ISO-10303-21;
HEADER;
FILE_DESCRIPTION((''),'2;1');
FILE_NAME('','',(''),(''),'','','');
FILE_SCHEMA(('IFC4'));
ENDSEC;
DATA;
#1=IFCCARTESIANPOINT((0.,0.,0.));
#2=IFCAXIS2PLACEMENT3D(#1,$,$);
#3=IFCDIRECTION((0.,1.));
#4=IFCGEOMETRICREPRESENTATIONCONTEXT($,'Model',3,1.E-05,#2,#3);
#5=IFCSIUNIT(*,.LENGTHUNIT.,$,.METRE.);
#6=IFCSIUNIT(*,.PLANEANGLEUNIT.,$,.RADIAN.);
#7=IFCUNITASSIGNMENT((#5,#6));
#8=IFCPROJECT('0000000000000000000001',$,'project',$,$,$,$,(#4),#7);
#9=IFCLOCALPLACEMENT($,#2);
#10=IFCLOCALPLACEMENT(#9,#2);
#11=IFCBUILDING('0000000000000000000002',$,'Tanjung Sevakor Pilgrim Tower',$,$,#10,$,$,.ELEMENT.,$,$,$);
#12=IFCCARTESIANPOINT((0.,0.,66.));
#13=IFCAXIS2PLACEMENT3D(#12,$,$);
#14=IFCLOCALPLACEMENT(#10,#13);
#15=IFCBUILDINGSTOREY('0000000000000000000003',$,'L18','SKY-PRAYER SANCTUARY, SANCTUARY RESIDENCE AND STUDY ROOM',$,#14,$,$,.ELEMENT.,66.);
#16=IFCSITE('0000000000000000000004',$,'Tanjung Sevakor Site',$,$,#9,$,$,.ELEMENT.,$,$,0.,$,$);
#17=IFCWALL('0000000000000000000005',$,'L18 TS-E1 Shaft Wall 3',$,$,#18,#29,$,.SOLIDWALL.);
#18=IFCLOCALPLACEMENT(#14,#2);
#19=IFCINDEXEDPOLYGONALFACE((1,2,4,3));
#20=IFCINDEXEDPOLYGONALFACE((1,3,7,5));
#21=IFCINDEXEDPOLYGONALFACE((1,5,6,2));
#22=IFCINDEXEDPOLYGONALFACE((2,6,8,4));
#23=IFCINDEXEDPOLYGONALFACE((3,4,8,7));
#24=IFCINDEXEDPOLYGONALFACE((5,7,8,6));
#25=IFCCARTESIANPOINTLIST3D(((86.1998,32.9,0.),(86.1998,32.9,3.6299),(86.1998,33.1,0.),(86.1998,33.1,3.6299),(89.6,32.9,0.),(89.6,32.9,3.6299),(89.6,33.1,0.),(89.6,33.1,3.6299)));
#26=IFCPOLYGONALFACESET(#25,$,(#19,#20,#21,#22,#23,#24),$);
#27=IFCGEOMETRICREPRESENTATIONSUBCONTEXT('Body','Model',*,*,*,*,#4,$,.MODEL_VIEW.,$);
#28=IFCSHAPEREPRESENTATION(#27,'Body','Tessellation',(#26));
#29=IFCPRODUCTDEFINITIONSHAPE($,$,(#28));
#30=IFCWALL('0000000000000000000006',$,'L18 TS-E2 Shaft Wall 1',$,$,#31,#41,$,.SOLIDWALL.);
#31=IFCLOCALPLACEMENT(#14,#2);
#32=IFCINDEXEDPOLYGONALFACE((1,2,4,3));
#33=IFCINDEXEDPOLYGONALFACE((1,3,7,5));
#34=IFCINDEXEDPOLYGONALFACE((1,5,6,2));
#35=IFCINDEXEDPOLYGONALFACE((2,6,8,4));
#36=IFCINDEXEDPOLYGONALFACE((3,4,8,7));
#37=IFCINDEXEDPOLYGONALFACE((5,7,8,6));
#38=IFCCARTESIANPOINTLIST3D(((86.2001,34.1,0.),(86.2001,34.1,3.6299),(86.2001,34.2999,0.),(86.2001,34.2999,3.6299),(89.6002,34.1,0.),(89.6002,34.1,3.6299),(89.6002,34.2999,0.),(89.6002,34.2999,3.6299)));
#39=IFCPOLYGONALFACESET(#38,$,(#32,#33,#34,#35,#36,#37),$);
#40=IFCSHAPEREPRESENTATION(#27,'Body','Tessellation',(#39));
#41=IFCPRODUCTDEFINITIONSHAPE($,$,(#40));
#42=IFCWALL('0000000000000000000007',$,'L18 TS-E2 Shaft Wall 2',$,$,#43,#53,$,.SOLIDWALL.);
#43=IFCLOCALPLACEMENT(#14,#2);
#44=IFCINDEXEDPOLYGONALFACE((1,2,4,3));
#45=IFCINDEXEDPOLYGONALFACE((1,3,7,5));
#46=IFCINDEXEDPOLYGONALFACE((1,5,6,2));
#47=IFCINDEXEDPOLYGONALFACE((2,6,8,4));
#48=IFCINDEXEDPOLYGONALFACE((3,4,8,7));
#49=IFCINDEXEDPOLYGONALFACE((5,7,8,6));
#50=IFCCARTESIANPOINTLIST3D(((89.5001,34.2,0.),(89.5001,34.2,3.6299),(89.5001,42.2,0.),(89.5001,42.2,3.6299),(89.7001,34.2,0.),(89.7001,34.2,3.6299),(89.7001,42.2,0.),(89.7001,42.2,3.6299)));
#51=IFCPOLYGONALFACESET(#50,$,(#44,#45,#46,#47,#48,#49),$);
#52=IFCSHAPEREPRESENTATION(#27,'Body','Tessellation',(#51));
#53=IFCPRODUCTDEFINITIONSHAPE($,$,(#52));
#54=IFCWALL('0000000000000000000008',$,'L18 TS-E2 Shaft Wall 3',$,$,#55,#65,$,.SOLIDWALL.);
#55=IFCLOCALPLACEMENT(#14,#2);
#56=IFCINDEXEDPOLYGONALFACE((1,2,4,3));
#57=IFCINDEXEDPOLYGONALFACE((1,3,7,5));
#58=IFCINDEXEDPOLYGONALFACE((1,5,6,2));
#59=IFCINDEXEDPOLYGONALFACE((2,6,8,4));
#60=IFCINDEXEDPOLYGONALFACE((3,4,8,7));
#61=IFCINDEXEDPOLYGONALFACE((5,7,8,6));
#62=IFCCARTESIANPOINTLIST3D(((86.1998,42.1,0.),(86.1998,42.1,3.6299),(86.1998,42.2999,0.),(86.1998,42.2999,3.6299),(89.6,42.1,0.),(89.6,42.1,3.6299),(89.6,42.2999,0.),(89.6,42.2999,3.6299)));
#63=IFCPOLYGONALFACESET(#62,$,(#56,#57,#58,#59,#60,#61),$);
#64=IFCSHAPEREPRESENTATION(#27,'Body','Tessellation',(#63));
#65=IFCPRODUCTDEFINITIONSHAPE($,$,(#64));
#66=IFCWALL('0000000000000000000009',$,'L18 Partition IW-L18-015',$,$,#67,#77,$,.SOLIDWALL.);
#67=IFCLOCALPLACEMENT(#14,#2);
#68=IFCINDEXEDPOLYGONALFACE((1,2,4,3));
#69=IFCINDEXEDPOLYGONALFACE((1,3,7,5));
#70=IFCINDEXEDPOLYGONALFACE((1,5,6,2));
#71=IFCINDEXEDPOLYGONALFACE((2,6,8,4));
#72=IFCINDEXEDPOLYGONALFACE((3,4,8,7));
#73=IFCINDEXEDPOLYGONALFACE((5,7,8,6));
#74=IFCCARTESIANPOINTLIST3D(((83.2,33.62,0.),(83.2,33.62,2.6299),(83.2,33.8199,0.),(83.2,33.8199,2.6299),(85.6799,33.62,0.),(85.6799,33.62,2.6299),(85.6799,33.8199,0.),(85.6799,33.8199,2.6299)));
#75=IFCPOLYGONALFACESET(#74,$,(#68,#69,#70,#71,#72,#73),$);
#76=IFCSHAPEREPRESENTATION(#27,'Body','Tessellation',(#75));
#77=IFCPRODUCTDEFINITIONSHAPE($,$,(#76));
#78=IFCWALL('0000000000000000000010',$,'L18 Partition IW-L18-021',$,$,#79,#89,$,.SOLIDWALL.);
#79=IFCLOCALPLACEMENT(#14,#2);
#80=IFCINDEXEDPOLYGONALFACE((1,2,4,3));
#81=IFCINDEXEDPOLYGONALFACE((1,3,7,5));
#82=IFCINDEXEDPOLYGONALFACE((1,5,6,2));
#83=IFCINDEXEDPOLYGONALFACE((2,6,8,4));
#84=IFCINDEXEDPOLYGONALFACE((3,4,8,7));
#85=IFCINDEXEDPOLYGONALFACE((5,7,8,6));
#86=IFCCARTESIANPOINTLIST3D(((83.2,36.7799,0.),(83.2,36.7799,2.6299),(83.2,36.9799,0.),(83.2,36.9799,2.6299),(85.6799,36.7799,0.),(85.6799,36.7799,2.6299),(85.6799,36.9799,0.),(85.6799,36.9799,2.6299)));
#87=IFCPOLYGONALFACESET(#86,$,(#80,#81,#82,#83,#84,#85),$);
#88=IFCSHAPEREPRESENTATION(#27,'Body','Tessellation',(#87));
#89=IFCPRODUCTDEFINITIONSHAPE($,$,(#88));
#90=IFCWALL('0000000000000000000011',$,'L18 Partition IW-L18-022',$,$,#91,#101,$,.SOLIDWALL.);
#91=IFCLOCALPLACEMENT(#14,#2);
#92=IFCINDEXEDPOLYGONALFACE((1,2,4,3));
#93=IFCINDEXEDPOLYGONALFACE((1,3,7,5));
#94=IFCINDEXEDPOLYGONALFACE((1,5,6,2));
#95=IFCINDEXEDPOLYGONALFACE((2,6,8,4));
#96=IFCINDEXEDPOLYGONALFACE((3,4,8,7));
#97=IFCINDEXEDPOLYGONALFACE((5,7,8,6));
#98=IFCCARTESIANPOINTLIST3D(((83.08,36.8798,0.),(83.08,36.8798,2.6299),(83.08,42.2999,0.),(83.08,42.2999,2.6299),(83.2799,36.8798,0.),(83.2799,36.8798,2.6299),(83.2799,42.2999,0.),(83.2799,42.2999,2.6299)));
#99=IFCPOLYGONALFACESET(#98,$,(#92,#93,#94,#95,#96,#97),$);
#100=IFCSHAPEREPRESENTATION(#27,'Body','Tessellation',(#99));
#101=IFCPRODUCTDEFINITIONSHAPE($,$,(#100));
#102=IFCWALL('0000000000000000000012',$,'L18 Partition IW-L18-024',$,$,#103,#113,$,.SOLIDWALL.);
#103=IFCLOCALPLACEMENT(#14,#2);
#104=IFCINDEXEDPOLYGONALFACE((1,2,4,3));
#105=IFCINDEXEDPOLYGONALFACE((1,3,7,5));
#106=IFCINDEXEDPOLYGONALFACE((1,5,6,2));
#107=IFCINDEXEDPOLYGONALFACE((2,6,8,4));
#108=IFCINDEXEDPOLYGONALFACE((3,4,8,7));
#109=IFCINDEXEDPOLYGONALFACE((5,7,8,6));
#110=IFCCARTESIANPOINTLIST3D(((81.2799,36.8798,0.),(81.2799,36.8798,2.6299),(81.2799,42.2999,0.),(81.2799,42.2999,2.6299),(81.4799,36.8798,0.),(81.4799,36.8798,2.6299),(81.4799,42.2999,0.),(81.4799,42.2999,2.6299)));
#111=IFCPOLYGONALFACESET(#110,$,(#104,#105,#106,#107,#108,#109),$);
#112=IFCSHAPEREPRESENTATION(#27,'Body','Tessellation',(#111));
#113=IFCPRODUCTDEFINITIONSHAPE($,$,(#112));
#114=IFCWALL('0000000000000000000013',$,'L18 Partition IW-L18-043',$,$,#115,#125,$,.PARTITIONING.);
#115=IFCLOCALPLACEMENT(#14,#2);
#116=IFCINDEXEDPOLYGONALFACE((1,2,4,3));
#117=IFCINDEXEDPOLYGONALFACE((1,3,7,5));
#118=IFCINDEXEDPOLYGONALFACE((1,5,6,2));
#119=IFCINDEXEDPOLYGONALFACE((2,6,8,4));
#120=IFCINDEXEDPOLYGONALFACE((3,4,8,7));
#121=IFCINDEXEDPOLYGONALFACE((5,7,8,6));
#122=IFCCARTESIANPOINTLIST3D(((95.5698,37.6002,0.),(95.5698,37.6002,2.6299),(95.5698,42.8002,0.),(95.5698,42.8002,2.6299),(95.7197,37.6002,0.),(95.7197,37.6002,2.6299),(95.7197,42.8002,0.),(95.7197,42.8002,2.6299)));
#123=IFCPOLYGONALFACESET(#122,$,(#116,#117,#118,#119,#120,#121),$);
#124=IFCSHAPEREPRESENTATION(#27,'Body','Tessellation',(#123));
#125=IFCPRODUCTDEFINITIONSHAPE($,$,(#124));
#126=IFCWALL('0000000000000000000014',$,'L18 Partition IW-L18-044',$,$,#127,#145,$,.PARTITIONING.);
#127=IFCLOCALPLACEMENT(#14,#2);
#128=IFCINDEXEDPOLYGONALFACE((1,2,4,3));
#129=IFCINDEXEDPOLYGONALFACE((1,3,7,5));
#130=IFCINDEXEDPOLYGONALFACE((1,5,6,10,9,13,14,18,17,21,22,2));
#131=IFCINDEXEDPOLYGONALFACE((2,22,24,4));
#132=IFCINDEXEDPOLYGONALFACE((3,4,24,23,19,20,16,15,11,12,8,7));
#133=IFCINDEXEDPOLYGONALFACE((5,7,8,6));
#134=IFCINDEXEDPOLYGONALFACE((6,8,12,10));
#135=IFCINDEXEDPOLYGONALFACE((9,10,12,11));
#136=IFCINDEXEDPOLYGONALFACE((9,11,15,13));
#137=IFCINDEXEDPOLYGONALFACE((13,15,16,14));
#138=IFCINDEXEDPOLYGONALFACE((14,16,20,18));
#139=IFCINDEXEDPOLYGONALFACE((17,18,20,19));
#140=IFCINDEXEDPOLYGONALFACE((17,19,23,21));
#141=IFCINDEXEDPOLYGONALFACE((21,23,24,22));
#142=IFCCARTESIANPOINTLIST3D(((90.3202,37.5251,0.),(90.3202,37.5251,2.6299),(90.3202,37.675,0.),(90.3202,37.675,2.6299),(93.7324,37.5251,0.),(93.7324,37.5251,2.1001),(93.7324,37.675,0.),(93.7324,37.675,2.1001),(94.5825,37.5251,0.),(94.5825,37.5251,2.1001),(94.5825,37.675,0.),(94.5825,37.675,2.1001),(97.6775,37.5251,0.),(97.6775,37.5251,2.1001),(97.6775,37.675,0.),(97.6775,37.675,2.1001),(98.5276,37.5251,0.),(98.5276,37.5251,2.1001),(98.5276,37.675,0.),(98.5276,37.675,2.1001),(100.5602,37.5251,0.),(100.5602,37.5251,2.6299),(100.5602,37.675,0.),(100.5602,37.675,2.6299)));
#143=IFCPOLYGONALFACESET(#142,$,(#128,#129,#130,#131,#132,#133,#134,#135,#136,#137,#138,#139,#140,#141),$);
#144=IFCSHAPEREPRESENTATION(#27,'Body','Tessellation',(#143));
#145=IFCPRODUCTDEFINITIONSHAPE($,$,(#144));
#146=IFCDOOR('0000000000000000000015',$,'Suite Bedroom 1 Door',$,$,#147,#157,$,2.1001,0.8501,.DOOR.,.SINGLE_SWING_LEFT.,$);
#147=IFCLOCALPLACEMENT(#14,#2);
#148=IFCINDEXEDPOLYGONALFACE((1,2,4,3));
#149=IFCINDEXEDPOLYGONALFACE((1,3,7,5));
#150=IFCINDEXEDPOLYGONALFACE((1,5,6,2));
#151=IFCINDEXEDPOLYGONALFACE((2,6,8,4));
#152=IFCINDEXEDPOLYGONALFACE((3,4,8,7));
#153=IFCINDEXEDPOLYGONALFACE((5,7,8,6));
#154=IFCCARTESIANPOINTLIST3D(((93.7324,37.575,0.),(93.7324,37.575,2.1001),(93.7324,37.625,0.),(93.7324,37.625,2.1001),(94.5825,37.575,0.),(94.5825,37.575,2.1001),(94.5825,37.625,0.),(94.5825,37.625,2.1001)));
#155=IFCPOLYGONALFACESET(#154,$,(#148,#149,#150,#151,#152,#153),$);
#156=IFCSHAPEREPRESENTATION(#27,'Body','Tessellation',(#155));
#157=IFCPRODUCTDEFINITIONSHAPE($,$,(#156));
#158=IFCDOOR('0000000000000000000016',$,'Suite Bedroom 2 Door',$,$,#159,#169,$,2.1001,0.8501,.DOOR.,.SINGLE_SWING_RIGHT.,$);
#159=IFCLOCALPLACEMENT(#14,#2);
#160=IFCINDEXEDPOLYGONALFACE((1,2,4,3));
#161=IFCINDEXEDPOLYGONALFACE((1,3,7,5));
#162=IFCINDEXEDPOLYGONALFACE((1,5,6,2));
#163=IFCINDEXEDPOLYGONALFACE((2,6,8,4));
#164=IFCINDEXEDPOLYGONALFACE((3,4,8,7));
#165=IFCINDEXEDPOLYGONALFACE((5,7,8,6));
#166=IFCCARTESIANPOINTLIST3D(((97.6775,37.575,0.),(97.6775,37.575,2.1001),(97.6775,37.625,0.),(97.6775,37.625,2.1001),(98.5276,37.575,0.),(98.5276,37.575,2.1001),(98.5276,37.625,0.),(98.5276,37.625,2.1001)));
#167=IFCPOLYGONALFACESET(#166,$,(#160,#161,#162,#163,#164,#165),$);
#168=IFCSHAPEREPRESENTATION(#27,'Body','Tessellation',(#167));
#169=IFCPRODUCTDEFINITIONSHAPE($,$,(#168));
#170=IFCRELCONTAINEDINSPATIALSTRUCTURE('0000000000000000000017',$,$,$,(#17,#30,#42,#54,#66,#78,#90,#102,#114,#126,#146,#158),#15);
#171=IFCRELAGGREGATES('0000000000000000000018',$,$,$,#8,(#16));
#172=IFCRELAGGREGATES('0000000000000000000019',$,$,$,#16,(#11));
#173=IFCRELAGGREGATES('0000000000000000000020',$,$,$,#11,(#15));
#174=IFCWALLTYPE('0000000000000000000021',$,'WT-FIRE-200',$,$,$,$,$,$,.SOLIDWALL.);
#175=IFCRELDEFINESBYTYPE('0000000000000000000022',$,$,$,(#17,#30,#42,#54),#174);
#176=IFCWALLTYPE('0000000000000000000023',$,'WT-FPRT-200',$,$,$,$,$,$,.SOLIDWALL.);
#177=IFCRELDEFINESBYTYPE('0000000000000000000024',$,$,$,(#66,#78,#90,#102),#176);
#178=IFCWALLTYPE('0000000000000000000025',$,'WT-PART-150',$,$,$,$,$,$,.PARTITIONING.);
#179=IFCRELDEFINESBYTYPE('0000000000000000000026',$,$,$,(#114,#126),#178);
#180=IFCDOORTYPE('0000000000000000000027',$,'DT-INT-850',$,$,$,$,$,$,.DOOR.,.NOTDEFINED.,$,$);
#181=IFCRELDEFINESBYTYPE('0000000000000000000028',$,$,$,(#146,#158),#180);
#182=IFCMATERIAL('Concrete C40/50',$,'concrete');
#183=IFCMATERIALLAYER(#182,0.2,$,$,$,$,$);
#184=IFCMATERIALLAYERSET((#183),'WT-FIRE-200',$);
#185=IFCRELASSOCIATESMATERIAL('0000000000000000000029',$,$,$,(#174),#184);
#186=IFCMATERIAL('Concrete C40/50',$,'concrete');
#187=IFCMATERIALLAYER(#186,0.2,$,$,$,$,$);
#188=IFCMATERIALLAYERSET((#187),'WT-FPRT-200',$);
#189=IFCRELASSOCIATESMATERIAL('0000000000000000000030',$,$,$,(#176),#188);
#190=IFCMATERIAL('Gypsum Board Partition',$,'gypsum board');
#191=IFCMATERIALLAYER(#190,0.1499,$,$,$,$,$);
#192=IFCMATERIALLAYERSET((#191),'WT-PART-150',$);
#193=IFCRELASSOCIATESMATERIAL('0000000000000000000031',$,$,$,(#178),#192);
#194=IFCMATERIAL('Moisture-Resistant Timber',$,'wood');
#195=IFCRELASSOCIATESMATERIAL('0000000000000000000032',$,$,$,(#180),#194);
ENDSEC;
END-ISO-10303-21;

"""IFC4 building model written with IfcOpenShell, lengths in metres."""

from ifc_helpers import new_model, si_unit, direction, frame, frame_2d, origin, place, context, subcontext, project, spatial, rectangle, extrude, material, layer, layer_set, type_object, element, fill, save


model = new_model("IFC4")

# Units and contexts
model_context = context("Model", 3, precision=1e-05, world=origin(), true_north=direction((0.0, 1.0)))
body_context = subcontext(model_context, "Body", "Model", "MODEL_VIEW")
ifc_project = project(units=[si_unit("LENGTHUNIT", "METRE"), si_unit("PLANEANGLEUNIT", "RADIAN")], contexts=[model_context])

# Site, building, storey
site_placement = place(None, origin())
site = spatial("IfcSite", under=ifc_project, at=site_placement, Name="Tanjung Sevakor Site", CompositionType="ELEMENT", RefElevation=0.0)
building_placement = place(site_placement, origin())
building = spatial("IfcBuilding", under=site, at=building_placement, Name="Tanjung Sevakor Pilgrim Tower", CompositionType="ELEMENT")
storey_placement = place(building_placement, frame((0.0, 0.0, 66.0)))
storey = spatial("IfcBuildingStorey", under=building, at=storey_placement, Name="L18", Description="SKY-PRAYER SANCTUARY, SANCTUARY RESIDENCE AND STUDY ROOM", CompositionType="ELEMENT", Elevation=66.0)

# Walls
ifc_material_1 = material(Name="Concrete C40/50", Category="concrete")
ifc_layer_1 = layer(ifc_material_1, 0.2)
ifc_layer_set_1 = layer_set([ifc_layer_1], Name="WT-FIRE-200")
wall_type_1 = type_object("IfcWallType", Name="WT-FIRE-200", PredefinedType="SOLIDWALL", material=ifc_layer_set_1)
for number, where, z_axis, x_axis, name in (
    (1, (89.6001, 33.0, 0.0), (0.0, 0.0, 1.0), (-1.0, 0.0, 0.0), "L18 TS-E1 Shaft Wall 3"),
    (2, (86.2, 34.2, 0.0), (0.0, 0.0, 1.0), (1.0, 0.0, 0.0), "L18 TS-E2 Shaft Wall 1"),
):
    element("IfcWall", number, at=place(storey_placement, frame(where, z_axis=z_axis, x_axis=x_axis)), inside=storey, type_object=wall_type_1, Name=name, PredefinedType="SOLIDWALL", context=body_context, shape_type="SweptSolid", body=[
        extrude(rectangle(XDim=3.4001, YDim=0.2, at=frame_2d((1.7002, 0.0))), origin(), (0.0, 0.0, 1.0), 3.6299),
    ])
wall_1_placement = place(storey_placement, frame((89.6001, 34.2, 0.0), z_axis=(0.0, 0.0, 1.0), x_axis=(0.0, 1.0, 0.0)))
element("IfcWall", 3, at=wall_1_placement, inside=storey, type_object=wall_type_1, Name="L18 TS-E2 Shaft Wall 2", PredefinedType="SOLIDWALL", context=body_context, shape_type="SweptSolid", body=[
    extrude(rectangle(XDim=8.0, YDim=0.2, at=frame_2d((4.0, 0.0))), origin(), (0.0, 0.0, 1.0), 3.6299),
])
wall_2_placement = place(storey_placement, frame((89.6001, 42.2, 0.0), z_axis=(0.0, 0.0, 1.0), x_axis=(-1.0, 0.0, 0.0)))
element("IfcWall", 4, at=wall_2_placement, inside=storey, type_object=wall_type_1, Name="L18 TS-E2 Shaft Wall 3", PredefinedType="SOLIDWALL", context=body_context, shape_type="SweptSolid", body=[
    extrude(rectangle(XDim=3.4001, YDim=0.2, at=frame_2d((1.7002, 0.0))), origin(), (0.0, 0.0, 1.0), 3.6299),
])
ifc_material_2 = material(Name="Concrete C40/50", Category="concrete")
ifc_layer_2 = layer(ifc_material_2, 0.2)
ifc_layer_set_2 = layer_set([ifc_layer_2], Name="WT-FPRT-200")
wall_type_2 = type_object("IfcWallType", Name="WT-FPRT-200", PredefinedType="SOLIDWALL", material=ifc_layer_set_2)
for number, where, z_axis, x_axis, name in (
    (5, (83.2, 33.72, 0.0), (0.0, 0.0, 1.0), (1.0, 0.0, 0.0), "L18 Partition IW-L18-015"),
    (6, (83.2, 36.8799, 0.0), (0.0, 0.0, 1.0), (1.0, 0.0, 0.0), "L18 Partition IW-L18-021"),
):
    element("IfcWall", number, at=place(storey_placement, frame(where, z_axis=z_axis, x_axis=x_axis)), inside=storey, type_object=wall_type_2, Name=name, PredefinedType="SOLIDWALL", context=body_context, shape_type="SweptSolid", body=[
        extrude(rectangle(XDim=2.48, YDim=0.2, at=frame_2d((1.24, 0.0))), origin(), (0.0, 0.0, 1.0), 2.6299),
    ])
for number, where, z_axis, x_axis, name in (
    (7, (83.1799, 36.8799, 0.0), (0.0, 0.0, 1.0), (0.0, 1.0, 0.0), "L18 Partition IW-L18-022"),
    (8, (81.3799, 36.8799, 0.0), (0.0, 0.0, 1.0), (0.0, 1.0, 0.0), "L18 Partition IW-L18-024"),
):
    element("IfcWall", number, at=place(storey_placement, frame(where, z_axis=z_axis, x_axis=x_axis)), inside=storey, type_object=wall_type_2, Name=name, PredefinedType="SOLIDWALL", context=body_context, shape_type="SweptSolid", body=[
        extrude(rectangle(XDim=5.4202, YDim=0.2, at=frame_2d((2.71, 0.0))), origin(), (0.0, 0.0, 1.0), 2.6299),
    ])
ifc_material_3 = material(Name="Gypsum Board Partition", Category="gypsum board")
ifc_layer_3 = layer(ifc_material_3, 0.1499)
ifc_layer_set_3 = layer_set([ifc_layer_3], Name="WT-PART-150")
wall_type_3 = type_object("IfcWallType", Name="WT-PART-150", PredefinedType="PARTITIONING", material=ifc_layer_set_3)
wall_3_placement = place(storey_placement, frame((95.6448, 37.6001, 0.0), z_axis=(0.0, 0.0, 1.0), x_axis=(0.0, 1.0, 0.0)))
element("IfcWall", 9, at=wall_3_placement, inside=storey, type_object=wall_type_3, Name="L18 Partition IW-L18-043", PredefinedType="PARTITIONING", context=body_context, shape_type="SweptSolid", body=[
    extrude(rectangle(XDim=5.2, YDim=0.1499, at=frame_2d((2.6001, 0.0))), origin(), (0.0, 0.0, 1.0), 2.6299),
])

# Wall, openings, doors
wall_4_placement = place(storey_placement, frame((90.3201, 37.6001, 0.0), z_axis=(0.0, 0.0, 1.0), x_axis=(1.0, 0.0, 0.0)))
wall_4 = element("IfcWall", 10, at=wall_4_placement, inside=storey, type_object=wall_type_3, Name="L18 Partition IW-L18-044", PredefinedType="PARTITIONING", context=body_context, shape_type="SweptSolid", body=[
    extrude(rectangle(XDim=10.24, YDim=0.1499, at=frame_2d((5.1201, 0.0))), origin(), (0.0, 0.0, 1.0), 2.6299),
])
opening_1_placement = place(wall_4_placement, frame((3.4124, 0.0, 0.0)))
opening_1 = element("IfcOpeningElement", 11, at=opening_1_placement, cuts=wall_4, PredefinedType="OPENING", context=body_context, shape_type="SweptSolid", body=[
    extrude(rectangle(XDim=0.8501, YDim=2.1001, at=frame_2d((0.425, 1.05))), frame((0.0, 0.085, 0.0), z_axis=(0.0, -1.0, 0.0), x_axis=(1.0, 0.0, 0.0)), (0.0, 0.0, 1.0), 0.1699),
])
opening_2_placement = place(wall_4_placement, frame((7.3574, 0.0, 0.0)))
opening_2 = element("IfcOpeningElement", 12, at=opening_2_placement, cuts=wall_4, PredefinedType="OPENING", context=body_context, shape_type="SweptSolid", body=[
    extrude(rectangle(XDim=0.8501, YDim=2.1001, at=frame_2d((0.425, 1.05))), frame((0.0, 0.085, 0.0), z_axis=(0.0, -1.0, 0.0), x_axis=(1.0, 0.0, 0.0)), (0.0, 0.0, 1.0), 0.1699),
])
ifc_material_4 = material(Name="Moisture-Resistant Timber", Category="wood")
door_type = type_object("IfcDoorType", Name="DT-INT-850", OperationType="NOTDEFINED", PredefinedType="DOOR", material=ifc_material_4)
door_1_placement = place(opening_1_placement, origin())
door_1 = element("IfcDoor", 13, at=door_1_placement, inside=storey, type_object=door_type, Name="Suite Bedroom 1 Door", OperationType="SINGLE_SWING_LEFT", OverallHeight=2.1001, OverallWidth=0.8501, PredefinedType="DOOR", context=body_context, shape_type="SweptSolid", body=[
    extrude(rectangle(XDim=0.8501, YDim=2.1001, at=frame_2d((0.425, 1.05))), frame((0.0, 0.0249, 0.0), z_axis=(0.0, -1.0, 0.0), x_axis=(1.0, 0.0, 0.0)), (0.0, 0.0, 1.0), 0.05),
])
fill(opening_1, door_1)
door_2_placement = place(opening_2_placement, origin())
door_2 = element("IfcDoor", 14, at=door_2_placement, inside=storey, type_object=door_type, Name="Suite Bedroom 2 Door", OperationType="SINGLE_SWING_RIGHT", OverallHeight=2.1001, OverallWidth=0.8501, PredefinedType="DOOR", context=body_context, shape_type="SweptSolid", body=[
    extrude(rectangle(XDim=0.8501, YDim=2.1001, at=frame_2d((0.425, 1.05))), frame((0.0, 0.0249, 0.0), z_axis=(0.0, -1.0, 0.0), x_axis=(1.0, 0.0, 0.0)), (0.0, 0.0, 1.0), 0.05),
])
fill(opening_2, door_2)

save(model, "model.ifc")
